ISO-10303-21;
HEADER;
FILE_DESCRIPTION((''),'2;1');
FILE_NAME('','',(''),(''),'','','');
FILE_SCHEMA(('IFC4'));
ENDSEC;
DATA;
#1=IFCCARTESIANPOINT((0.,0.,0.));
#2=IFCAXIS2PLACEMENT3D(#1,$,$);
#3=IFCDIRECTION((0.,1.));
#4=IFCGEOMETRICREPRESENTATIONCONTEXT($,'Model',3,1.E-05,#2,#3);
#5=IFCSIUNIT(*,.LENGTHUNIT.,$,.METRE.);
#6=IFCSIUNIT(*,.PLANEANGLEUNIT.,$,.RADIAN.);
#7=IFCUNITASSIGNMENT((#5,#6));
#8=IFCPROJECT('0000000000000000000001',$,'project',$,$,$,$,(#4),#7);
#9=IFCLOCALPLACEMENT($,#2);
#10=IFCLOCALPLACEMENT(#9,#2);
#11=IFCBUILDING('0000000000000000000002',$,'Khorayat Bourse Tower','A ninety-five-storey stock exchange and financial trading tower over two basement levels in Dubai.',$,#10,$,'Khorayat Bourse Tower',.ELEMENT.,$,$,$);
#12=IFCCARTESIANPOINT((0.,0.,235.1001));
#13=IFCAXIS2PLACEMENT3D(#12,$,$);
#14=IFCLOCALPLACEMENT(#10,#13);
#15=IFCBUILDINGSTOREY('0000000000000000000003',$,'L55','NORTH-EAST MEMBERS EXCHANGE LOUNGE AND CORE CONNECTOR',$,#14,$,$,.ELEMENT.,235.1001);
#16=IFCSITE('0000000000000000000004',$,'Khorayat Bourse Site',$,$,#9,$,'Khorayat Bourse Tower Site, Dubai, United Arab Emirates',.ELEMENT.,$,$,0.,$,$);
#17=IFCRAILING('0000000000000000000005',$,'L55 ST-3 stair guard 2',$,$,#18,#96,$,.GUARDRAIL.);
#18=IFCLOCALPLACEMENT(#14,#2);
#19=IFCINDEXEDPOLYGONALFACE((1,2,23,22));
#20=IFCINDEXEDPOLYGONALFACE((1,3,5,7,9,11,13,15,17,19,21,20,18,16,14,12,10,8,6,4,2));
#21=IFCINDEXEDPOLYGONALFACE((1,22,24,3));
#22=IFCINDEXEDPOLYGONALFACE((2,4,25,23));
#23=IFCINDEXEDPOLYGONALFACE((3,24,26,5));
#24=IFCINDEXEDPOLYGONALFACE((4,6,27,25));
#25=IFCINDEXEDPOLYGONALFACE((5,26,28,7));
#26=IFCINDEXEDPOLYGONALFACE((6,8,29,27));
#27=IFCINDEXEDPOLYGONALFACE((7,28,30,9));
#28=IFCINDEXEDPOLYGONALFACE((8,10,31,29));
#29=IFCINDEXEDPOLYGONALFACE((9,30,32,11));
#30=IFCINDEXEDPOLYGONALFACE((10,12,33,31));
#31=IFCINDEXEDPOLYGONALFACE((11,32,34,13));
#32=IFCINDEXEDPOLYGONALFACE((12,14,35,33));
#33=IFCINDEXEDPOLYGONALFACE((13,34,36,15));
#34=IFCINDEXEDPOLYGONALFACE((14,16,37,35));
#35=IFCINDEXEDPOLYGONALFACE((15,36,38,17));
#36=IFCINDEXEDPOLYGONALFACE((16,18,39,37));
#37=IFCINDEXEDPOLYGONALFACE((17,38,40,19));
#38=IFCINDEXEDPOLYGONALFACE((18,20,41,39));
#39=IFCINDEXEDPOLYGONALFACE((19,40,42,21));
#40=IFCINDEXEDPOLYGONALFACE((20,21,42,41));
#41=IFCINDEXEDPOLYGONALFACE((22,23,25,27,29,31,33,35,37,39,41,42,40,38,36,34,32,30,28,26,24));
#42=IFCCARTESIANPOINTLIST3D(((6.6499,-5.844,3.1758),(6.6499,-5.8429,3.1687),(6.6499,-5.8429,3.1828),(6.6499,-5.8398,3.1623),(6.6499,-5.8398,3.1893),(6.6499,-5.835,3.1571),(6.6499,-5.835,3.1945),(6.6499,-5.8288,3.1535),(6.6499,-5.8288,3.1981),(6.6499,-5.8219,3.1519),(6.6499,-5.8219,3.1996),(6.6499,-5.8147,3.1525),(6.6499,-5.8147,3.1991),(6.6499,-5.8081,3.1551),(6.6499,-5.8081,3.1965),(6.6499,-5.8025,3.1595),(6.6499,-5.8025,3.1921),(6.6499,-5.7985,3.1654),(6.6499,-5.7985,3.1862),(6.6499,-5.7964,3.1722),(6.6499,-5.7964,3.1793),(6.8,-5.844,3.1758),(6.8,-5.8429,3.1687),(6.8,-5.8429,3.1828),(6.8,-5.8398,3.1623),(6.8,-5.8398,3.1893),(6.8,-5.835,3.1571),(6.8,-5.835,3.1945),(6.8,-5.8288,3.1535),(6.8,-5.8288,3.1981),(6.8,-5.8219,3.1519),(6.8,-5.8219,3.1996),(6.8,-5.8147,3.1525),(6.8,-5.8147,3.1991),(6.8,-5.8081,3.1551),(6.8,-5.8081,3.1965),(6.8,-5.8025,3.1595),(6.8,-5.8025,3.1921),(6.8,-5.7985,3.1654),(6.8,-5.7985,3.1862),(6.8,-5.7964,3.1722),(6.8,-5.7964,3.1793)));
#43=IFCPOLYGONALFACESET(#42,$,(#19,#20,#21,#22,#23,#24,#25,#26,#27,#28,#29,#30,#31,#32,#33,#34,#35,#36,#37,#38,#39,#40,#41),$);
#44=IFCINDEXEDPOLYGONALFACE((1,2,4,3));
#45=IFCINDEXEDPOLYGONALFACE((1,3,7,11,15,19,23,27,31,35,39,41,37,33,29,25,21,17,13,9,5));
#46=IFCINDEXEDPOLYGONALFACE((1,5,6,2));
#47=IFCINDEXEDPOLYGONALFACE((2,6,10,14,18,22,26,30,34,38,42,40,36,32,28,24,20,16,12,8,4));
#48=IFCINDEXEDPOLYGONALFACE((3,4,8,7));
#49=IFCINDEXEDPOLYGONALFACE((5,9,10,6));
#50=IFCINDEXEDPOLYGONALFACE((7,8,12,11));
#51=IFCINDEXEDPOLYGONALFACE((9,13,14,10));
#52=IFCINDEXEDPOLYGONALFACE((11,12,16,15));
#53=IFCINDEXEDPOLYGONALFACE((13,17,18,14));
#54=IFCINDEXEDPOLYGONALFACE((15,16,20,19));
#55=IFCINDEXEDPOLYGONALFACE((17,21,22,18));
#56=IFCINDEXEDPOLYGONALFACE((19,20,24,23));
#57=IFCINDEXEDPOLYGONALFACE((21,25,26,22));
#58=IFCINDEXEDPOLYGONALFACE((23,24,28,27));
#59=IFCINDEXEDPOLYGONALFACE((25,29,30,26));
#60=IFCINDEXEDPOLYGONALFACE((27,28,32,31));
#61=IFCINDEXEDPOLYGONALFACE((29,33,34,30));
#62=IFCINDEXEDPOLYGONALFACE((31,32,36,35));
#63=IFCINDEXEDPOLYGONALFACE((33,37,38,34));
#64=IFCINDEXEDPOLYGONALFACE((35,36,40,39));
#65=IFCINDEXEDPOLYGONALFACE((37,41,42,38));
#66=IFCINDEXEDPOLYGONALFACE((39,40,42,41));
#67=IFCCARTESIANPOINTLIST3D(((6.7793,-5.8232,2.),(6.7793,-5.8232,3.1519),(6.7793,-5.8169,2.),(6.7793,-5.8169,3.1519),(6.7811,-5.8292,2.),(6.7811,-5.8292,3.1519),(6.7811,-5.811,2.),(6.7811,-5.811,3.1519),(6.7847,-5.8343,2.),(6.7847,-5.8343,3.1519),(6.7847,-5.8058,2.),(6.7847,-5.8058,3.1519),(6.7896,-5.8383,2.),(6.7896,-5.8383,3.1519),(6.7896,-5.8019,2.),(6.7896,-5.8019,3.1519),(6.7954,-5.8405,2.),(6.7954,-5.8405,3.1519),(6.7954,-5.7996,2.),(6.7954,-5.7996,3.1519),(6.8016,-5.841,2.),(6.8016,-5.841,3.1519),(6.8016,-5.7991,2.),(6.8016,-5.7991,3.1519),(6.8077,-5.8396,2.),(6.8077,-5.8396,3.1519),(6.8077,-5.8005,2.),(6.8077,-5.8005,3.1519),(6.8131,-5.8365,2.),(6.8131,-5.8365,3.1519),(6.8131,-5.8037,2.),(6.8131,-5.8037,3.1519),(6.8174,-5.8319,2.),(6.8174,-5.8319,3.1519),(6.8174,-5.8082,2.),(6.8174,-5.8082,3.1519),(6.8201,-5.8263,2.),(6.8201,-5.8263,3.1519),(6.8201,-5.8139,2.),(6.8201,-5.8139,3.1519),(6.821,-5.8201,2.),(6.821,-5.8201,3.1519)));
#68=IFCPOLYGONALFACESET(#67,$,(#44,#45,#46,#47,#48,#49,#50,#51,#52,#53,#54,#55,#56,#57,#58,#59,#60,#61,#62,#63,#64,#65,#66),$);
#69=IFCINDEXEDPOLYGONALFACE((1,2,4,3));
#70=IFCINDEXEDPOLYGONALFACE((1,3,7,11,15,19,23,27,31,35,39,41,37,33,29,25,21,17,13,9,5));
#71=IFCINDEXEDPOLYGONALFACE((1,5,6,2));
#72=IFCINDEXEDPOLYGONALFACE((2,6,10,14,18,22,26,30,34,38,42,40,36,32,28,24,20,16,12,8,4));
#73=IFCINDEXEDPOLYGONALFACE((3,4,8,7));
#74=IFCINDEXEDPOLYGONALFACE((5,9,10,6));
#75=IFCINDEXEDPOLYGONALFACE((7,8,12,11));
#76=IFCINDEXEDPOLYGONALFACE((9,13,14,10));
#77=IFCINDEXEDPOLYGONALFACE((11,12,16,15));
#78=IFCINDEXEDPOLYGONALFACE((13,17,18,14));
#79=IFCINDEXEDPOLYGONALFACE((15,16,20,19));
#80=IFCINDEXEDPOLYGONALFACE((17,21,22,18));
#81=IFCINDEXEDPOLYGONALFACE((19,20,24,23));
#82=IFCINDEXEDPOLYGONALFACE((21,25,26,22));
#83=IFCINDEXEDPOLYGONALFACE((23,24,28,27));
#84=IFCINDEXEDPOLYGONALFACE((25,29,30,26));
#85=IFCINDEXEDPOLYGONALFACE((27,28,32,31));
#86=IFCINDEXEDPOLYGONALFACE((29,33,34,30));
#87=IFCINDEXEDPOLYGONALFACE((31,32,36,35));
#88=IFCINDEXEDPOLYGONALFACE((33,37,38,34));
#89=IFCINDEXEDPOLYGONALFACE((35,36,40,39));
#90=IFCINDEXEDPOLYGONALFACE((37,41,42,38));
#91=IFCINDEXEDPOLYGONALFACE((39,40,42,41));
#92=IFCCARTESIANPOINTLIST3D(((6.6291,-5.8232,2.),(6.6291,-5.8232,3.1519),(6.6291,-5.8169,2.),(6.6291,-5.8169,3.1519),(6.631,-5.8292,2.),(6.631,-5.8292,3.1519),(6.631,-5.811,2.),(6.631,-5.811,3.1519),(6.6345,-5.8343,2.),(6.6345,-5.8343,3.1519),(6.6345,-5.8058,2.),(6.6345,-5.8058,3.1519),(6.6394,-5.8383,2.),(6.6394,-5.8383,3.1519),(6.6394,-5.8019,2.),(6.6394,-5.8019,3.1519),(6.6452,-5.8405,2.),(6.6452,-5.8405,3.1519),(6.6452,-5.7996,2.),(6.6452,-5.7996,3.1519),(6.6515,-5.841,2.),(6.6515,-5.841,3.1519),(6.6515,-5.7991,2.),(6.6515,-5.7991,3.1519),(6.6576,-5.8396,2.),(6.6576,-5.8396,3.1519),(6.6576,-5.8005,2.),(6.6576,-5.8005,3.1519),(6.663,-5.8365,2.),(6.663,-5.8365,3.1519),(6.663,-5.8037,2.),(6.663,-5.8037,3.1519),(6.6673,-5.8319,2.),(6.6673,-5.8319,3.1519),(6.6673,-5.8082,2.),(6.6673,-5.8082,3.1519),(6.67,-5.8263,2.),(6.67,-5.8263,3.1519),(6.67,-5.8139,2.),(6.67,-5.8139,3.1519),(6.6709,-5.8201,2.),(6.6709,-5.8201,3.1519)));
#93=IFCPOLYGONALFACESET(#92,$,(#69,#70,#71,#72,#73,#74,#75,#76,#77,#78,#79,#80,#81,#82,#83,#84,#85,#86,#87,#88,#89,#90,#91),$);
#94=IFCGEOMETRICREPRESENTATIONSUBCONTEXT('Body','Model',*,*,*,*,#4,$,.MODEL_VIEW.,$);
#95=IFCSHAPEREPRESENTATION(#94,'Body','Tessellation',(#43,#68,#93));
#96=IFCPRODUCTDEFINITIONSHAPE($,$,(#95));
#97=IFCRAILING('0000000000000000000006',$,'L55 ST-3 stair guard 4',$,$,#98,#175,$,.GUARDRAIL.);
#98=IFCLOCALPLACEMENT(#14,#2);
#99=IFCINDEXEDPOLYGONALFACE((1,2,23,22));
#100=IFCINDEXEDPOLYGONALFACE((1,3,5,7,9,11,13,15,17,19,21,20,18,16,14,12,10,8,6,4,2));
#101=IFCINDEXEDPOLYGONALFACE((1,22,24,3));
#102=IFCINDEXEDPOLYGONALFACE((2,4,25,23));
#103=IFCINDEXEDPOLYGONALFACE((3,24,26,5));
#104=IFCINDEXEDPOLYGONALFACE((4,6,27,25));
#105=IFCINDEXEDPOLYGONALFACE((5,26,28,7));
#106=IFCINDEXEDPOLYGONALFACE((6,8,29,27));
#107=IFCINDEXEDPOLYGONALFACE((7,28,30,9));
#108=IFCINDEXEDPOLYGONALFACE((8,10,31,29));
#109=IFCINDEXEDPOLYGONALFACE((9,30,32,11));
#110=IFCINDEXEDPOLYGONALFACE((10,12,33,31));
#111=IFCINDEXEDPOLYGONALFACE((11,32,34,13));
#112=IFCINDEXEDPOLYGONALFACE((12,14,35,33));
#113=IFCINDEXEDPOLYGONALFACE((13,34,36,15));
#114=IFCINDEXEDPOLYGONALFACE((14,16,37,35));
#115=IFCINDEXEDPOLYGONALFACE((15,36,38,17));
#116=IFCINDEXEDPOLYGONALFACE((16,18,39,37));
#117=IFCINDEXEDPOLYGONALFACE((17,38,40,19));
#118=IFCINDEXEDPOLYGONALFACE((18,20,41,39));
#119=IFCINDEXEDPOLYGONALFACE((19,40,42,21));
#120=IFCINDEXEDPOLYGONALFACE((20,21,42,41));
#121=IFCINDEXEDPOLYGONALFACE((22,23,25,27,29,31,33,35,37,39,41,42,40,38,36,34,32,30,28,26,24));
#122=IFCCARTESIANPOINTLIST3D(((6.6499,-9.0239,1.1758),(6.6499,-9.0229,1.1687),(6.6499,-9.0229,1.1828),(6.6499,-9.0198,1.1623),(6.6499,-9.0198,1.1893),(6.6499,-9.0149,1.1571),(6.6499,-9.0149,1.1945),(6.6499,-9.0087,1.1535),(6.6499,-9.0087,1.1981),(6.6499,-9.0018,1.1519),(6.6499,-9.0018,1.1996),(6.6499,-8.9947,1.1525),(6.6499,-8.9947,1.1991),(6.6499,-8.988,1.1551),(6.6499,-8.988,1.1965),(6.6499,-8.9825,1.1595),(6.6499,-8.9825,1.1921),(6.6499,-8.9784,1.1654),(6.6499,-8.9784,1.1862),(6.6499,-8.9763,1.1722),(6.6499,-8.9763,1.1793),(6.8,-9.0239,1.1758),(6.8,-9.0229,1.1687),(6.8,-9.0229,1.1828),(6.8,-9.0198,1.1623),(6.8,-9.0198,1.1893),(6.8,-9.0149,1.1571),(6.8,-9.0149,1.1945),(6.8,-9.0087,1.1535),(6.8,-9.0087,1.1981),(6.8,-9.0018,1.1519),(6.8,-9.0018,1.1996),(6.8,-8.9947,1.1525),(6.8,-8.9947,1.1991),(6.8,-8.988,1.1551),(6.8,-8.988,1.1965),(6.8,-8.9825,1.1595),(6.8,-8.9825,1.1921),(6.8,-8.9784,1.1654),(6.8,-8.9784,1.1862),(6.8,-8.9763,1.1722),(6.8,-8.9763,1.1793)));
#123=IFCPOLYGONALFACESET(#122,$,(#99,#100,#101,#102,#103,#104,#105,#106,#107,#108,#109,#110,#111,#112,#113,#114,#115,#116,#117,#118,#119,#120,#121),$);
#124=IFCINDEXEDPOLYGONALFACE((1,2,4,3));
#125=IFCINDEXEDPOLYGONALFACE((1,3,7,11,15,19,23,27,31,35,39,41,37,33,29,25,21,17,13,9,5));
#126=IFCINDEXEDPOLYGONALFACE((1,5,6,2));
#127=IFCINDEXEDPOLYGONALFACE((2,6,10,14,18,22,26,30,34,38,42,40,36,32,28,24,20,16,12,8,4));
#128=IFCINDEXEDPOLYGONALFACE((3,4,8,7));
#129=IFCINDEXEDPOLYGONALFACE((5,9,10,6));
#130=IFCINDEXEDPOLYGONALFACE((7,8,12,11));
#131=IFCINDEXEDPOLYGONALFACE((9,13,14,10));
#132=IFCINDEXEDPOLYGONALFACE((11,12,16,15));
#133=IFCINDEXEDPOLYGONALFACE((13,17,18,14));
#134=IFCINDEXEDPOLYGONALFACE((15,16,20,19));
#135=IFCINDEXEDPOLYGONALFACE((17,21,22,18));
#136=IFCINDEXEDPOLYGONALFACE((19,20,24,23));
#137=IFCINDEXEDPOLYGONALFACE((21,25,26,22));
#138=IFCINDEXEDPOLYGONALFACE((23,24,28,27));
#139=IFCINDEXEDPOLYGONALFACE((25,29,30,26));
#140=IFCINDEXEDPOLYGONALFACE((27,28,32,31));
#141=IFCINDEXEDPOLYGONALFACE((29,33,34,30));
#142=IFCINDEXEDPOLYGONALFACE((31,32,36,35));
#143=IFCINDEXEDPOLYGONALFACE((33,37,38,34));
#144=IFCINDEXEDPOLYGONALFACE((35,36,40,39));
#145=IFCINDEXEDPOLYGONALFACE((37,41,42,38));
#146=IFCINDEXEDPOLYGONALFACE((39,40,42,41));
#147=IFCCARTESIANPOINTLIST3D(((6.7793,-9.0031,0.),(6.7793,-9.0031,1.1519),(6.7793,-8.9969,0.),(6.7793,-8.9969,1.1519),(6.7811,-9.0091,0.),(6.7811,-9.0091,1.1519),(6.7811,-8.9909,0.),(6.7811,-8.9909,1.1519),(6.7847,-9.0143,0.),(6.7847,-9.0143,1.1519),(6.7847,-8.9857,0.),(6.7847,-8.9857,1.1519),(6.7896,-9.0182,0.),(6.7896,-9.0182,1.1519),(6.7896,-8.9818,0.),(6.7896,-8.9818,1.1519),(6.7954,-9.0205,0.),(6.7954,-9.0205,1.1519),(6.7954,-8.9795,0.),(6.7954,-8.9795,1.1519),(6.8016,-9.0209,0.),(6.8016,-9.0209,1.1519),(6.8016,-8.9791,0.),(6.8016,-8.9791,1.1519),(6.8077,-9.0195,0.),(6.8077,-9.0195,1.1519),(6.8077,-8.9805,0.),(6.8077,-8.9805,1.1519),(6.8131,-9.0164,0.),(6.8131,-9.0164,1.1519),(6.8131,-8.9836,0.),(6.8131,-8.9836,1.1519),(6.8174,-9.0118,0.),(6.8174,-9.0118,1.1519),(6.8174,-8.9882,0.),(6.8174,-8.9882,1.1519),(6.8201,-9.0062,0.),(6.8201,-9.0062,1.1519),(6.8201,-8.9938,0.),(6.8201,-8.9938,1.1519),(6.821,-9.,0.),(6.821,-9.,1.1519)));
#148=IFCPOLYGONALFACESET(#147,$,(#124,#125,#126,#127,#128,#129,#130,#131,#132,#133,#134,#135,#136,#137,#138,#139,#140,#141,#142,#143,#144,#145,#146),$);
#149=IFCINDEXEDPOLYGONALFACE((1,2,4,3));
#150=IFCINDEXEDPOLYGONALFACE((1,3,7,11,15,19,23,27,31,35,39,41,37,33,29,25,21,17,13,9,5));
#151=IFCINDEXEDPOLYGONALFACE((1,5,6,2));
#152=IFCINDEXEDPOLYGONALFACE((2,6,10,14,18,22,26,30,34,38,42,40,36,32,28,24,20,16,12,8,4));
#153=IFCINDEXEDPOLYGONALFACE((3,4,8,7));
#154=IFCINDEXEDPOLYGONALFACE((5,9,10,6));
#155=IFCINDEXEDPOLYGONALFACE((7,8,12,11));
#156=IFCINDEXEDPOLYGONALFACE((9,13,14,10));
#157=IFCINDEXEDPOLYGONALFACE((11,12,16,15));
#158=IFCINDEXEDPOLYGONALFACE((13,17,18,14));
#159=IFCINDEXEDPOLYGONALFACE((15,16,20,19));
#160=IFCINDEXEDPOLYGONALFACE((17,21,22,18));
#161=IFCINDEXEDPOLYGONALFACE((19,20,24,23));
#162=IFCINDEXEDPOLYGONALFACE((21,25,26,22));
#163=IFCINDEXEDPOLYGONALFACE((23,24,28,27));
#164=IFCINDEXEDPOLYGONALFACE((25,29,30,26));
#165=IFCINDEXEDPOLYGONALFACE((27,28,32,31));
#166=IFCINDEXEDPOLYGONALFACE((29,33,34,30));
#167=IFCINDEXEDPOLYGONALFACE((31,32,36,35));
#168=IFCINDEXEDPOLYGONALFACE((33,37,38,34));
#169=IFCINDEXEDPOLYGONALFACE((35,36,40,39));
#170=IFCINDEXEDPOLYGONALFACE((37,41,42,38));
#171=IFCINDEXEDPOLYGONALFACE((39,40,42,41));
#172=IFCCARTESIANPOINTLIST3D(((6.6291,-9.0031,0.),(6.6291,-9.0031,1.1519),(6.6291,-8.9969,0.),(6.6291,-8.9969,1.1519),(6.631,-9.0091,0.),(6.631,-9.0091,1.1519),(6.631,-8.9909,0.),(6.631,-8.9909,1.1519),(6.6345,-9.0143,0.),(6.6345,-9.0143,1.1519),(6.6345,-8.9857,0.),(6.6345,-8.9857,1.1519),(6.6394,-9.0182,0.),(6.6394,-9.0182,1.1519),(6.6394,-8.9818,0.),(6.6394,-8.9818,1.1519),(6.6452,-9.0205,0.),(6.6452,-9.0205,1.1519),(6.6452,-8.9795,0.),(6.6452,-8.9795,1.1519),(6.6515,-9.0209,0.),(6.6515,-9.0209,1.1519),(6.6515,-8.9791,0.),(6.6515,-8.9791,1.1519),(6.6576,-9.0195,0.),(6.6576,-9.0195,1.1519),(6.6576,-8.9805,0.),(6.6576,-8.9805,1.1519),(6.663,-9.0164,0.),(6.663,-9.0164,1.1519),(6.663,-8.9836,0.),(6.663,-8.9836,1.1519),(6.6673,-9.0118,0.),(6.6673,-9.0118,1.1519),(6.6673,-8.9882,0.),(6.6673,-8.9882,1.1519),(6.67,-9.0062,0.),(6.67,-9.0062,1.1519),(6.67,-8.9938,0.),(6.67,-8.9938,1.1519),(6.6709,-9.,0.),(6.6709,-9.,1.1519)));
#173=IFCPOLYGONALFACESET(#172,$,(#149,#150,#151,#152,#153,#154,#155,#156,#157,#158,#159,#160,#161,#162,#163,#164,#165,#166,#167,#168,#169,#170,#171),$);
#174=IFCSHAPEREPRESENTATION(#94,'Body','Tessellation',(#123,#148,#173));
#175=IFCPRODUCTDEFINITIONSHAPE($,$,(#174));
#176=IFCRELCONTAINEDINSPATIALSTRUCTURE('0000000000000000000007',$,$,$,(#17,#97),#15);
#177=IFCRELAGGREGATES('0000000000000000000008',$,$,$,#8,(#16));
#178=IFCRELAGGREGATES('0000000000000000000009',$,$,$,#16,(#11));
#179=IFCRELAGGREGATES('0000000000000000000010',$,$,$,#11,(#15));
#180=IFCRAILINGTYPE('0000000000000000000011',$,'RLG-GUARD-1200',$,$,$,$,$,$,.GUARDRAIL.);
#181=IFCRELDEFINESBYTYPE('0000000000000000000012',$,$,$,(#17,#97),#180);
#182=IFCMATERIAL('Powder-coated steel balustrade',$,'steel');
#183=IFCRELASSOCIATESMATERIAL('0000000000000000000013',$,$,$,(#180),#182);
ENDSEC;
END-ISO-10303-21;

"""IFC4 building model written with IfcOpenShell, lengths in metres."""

from ifc_helpers import new_model, si_unit, direction, frame, origin, origin_2d, place, context, subcontext, project, spatial, circle, extrude, source, transform, mapped, material, type_object, element, save


model = new_model("IFC4")

# Units and contexts
model_context = context("Model", 3, precision=1e-05, world=origin(), true_north=direction((0.0, 1.0)))
body_context = subcontext(model_context, "Body", "Model", "MODEL_VIEW")
ifc_project = project(units=[si_unit("LENGTHUNIT", "METRE"), si_unit("PLANEANGLEUNIT", "RADIAN")], contexts=[model_context])

# Site, building, storey
site_placement = place(None, origin())
site = spatial("IfcSite", under=ifc_project, at=site_placement, Name="Khorayat Bourse Site", LongName="Khorayat Bourse Tower Site, Dubai, United Arab Emirates", CompositionType="ELEMENT", RefElevation=0.0)
building_placement = place(site_placement, origin())
building = spatial("IfcBuilding", under=site, at=building_placement, Name="Khorayat Bourse Tower", Description="A ninety-five-storey stock exchange and financial trading tower over two basement levels in Dubai.", LongName="Khorayat Bourse Tower", CompositionType="ELEMENT")
storey_placement = place(building_placement, frame((0.0, 0.0, 235.1001)))
storey = spatial("IfcBuildingStorey", under=building, at=storey_placement, Name="L55", Description="NORTH-EAST MEMBERS EXCHANGE LOUNGE AND CORE CONNECTOR", CompositionType="ELEMENT", Elevation=235.1001)

# Railings
ifc_material_1 = material(Name="Powder-coated steel balustrade", Category="steel")
railing_type_1 = type_object("IfcRailingType", Name="RLG-GUARD-1200", PredefinedType="GUARDRAIL", material=ifc_material_1)
shared_shape_1 = source(origin(), body_context, "Body", "SweptSolid", [
    extrude(circle(Radius=0.0239, at=origin_2d()), frame((0.0, 0.0, 1.1758), z_axis=(-1.0, 0.0, 0.0), x_axis=(0.0, -1.0, 0.0)), (0.0, 0.0, 1.0), 0.1501),
    extrude(circle(Radius=0.021, at=origin_2d()), origin(), (0.0, 0.0, 1.0), 1.1519),
    extrude(circle(Radius=0.021, at=origin_2d()), frame((-0.1501, 0.0, 0.0)), (0.0, 0.0, 1.0), 1.1519),
])
for number, where, name in (
    (1, (6.8, -5.8201, 2.0), "L55 ST-3 stair guard 2"),
    (2, (6.8, -9.0, 0.0), "L55 ST-3 stair guard 4"),
):
    element("IfcRailing", number, at=place(storey_placement, frame(where)), inside=storey, type_object=railing_type_1, Name=name, PredefinedType="GUARDRAIL", context=body_context, shape_type="MappedRepresentation", body=[
        mapped(shared_shape_1, transform((0.0, 0.0, 0.0), scale=1.0)),
    ])

save(model, "model.ifc")
